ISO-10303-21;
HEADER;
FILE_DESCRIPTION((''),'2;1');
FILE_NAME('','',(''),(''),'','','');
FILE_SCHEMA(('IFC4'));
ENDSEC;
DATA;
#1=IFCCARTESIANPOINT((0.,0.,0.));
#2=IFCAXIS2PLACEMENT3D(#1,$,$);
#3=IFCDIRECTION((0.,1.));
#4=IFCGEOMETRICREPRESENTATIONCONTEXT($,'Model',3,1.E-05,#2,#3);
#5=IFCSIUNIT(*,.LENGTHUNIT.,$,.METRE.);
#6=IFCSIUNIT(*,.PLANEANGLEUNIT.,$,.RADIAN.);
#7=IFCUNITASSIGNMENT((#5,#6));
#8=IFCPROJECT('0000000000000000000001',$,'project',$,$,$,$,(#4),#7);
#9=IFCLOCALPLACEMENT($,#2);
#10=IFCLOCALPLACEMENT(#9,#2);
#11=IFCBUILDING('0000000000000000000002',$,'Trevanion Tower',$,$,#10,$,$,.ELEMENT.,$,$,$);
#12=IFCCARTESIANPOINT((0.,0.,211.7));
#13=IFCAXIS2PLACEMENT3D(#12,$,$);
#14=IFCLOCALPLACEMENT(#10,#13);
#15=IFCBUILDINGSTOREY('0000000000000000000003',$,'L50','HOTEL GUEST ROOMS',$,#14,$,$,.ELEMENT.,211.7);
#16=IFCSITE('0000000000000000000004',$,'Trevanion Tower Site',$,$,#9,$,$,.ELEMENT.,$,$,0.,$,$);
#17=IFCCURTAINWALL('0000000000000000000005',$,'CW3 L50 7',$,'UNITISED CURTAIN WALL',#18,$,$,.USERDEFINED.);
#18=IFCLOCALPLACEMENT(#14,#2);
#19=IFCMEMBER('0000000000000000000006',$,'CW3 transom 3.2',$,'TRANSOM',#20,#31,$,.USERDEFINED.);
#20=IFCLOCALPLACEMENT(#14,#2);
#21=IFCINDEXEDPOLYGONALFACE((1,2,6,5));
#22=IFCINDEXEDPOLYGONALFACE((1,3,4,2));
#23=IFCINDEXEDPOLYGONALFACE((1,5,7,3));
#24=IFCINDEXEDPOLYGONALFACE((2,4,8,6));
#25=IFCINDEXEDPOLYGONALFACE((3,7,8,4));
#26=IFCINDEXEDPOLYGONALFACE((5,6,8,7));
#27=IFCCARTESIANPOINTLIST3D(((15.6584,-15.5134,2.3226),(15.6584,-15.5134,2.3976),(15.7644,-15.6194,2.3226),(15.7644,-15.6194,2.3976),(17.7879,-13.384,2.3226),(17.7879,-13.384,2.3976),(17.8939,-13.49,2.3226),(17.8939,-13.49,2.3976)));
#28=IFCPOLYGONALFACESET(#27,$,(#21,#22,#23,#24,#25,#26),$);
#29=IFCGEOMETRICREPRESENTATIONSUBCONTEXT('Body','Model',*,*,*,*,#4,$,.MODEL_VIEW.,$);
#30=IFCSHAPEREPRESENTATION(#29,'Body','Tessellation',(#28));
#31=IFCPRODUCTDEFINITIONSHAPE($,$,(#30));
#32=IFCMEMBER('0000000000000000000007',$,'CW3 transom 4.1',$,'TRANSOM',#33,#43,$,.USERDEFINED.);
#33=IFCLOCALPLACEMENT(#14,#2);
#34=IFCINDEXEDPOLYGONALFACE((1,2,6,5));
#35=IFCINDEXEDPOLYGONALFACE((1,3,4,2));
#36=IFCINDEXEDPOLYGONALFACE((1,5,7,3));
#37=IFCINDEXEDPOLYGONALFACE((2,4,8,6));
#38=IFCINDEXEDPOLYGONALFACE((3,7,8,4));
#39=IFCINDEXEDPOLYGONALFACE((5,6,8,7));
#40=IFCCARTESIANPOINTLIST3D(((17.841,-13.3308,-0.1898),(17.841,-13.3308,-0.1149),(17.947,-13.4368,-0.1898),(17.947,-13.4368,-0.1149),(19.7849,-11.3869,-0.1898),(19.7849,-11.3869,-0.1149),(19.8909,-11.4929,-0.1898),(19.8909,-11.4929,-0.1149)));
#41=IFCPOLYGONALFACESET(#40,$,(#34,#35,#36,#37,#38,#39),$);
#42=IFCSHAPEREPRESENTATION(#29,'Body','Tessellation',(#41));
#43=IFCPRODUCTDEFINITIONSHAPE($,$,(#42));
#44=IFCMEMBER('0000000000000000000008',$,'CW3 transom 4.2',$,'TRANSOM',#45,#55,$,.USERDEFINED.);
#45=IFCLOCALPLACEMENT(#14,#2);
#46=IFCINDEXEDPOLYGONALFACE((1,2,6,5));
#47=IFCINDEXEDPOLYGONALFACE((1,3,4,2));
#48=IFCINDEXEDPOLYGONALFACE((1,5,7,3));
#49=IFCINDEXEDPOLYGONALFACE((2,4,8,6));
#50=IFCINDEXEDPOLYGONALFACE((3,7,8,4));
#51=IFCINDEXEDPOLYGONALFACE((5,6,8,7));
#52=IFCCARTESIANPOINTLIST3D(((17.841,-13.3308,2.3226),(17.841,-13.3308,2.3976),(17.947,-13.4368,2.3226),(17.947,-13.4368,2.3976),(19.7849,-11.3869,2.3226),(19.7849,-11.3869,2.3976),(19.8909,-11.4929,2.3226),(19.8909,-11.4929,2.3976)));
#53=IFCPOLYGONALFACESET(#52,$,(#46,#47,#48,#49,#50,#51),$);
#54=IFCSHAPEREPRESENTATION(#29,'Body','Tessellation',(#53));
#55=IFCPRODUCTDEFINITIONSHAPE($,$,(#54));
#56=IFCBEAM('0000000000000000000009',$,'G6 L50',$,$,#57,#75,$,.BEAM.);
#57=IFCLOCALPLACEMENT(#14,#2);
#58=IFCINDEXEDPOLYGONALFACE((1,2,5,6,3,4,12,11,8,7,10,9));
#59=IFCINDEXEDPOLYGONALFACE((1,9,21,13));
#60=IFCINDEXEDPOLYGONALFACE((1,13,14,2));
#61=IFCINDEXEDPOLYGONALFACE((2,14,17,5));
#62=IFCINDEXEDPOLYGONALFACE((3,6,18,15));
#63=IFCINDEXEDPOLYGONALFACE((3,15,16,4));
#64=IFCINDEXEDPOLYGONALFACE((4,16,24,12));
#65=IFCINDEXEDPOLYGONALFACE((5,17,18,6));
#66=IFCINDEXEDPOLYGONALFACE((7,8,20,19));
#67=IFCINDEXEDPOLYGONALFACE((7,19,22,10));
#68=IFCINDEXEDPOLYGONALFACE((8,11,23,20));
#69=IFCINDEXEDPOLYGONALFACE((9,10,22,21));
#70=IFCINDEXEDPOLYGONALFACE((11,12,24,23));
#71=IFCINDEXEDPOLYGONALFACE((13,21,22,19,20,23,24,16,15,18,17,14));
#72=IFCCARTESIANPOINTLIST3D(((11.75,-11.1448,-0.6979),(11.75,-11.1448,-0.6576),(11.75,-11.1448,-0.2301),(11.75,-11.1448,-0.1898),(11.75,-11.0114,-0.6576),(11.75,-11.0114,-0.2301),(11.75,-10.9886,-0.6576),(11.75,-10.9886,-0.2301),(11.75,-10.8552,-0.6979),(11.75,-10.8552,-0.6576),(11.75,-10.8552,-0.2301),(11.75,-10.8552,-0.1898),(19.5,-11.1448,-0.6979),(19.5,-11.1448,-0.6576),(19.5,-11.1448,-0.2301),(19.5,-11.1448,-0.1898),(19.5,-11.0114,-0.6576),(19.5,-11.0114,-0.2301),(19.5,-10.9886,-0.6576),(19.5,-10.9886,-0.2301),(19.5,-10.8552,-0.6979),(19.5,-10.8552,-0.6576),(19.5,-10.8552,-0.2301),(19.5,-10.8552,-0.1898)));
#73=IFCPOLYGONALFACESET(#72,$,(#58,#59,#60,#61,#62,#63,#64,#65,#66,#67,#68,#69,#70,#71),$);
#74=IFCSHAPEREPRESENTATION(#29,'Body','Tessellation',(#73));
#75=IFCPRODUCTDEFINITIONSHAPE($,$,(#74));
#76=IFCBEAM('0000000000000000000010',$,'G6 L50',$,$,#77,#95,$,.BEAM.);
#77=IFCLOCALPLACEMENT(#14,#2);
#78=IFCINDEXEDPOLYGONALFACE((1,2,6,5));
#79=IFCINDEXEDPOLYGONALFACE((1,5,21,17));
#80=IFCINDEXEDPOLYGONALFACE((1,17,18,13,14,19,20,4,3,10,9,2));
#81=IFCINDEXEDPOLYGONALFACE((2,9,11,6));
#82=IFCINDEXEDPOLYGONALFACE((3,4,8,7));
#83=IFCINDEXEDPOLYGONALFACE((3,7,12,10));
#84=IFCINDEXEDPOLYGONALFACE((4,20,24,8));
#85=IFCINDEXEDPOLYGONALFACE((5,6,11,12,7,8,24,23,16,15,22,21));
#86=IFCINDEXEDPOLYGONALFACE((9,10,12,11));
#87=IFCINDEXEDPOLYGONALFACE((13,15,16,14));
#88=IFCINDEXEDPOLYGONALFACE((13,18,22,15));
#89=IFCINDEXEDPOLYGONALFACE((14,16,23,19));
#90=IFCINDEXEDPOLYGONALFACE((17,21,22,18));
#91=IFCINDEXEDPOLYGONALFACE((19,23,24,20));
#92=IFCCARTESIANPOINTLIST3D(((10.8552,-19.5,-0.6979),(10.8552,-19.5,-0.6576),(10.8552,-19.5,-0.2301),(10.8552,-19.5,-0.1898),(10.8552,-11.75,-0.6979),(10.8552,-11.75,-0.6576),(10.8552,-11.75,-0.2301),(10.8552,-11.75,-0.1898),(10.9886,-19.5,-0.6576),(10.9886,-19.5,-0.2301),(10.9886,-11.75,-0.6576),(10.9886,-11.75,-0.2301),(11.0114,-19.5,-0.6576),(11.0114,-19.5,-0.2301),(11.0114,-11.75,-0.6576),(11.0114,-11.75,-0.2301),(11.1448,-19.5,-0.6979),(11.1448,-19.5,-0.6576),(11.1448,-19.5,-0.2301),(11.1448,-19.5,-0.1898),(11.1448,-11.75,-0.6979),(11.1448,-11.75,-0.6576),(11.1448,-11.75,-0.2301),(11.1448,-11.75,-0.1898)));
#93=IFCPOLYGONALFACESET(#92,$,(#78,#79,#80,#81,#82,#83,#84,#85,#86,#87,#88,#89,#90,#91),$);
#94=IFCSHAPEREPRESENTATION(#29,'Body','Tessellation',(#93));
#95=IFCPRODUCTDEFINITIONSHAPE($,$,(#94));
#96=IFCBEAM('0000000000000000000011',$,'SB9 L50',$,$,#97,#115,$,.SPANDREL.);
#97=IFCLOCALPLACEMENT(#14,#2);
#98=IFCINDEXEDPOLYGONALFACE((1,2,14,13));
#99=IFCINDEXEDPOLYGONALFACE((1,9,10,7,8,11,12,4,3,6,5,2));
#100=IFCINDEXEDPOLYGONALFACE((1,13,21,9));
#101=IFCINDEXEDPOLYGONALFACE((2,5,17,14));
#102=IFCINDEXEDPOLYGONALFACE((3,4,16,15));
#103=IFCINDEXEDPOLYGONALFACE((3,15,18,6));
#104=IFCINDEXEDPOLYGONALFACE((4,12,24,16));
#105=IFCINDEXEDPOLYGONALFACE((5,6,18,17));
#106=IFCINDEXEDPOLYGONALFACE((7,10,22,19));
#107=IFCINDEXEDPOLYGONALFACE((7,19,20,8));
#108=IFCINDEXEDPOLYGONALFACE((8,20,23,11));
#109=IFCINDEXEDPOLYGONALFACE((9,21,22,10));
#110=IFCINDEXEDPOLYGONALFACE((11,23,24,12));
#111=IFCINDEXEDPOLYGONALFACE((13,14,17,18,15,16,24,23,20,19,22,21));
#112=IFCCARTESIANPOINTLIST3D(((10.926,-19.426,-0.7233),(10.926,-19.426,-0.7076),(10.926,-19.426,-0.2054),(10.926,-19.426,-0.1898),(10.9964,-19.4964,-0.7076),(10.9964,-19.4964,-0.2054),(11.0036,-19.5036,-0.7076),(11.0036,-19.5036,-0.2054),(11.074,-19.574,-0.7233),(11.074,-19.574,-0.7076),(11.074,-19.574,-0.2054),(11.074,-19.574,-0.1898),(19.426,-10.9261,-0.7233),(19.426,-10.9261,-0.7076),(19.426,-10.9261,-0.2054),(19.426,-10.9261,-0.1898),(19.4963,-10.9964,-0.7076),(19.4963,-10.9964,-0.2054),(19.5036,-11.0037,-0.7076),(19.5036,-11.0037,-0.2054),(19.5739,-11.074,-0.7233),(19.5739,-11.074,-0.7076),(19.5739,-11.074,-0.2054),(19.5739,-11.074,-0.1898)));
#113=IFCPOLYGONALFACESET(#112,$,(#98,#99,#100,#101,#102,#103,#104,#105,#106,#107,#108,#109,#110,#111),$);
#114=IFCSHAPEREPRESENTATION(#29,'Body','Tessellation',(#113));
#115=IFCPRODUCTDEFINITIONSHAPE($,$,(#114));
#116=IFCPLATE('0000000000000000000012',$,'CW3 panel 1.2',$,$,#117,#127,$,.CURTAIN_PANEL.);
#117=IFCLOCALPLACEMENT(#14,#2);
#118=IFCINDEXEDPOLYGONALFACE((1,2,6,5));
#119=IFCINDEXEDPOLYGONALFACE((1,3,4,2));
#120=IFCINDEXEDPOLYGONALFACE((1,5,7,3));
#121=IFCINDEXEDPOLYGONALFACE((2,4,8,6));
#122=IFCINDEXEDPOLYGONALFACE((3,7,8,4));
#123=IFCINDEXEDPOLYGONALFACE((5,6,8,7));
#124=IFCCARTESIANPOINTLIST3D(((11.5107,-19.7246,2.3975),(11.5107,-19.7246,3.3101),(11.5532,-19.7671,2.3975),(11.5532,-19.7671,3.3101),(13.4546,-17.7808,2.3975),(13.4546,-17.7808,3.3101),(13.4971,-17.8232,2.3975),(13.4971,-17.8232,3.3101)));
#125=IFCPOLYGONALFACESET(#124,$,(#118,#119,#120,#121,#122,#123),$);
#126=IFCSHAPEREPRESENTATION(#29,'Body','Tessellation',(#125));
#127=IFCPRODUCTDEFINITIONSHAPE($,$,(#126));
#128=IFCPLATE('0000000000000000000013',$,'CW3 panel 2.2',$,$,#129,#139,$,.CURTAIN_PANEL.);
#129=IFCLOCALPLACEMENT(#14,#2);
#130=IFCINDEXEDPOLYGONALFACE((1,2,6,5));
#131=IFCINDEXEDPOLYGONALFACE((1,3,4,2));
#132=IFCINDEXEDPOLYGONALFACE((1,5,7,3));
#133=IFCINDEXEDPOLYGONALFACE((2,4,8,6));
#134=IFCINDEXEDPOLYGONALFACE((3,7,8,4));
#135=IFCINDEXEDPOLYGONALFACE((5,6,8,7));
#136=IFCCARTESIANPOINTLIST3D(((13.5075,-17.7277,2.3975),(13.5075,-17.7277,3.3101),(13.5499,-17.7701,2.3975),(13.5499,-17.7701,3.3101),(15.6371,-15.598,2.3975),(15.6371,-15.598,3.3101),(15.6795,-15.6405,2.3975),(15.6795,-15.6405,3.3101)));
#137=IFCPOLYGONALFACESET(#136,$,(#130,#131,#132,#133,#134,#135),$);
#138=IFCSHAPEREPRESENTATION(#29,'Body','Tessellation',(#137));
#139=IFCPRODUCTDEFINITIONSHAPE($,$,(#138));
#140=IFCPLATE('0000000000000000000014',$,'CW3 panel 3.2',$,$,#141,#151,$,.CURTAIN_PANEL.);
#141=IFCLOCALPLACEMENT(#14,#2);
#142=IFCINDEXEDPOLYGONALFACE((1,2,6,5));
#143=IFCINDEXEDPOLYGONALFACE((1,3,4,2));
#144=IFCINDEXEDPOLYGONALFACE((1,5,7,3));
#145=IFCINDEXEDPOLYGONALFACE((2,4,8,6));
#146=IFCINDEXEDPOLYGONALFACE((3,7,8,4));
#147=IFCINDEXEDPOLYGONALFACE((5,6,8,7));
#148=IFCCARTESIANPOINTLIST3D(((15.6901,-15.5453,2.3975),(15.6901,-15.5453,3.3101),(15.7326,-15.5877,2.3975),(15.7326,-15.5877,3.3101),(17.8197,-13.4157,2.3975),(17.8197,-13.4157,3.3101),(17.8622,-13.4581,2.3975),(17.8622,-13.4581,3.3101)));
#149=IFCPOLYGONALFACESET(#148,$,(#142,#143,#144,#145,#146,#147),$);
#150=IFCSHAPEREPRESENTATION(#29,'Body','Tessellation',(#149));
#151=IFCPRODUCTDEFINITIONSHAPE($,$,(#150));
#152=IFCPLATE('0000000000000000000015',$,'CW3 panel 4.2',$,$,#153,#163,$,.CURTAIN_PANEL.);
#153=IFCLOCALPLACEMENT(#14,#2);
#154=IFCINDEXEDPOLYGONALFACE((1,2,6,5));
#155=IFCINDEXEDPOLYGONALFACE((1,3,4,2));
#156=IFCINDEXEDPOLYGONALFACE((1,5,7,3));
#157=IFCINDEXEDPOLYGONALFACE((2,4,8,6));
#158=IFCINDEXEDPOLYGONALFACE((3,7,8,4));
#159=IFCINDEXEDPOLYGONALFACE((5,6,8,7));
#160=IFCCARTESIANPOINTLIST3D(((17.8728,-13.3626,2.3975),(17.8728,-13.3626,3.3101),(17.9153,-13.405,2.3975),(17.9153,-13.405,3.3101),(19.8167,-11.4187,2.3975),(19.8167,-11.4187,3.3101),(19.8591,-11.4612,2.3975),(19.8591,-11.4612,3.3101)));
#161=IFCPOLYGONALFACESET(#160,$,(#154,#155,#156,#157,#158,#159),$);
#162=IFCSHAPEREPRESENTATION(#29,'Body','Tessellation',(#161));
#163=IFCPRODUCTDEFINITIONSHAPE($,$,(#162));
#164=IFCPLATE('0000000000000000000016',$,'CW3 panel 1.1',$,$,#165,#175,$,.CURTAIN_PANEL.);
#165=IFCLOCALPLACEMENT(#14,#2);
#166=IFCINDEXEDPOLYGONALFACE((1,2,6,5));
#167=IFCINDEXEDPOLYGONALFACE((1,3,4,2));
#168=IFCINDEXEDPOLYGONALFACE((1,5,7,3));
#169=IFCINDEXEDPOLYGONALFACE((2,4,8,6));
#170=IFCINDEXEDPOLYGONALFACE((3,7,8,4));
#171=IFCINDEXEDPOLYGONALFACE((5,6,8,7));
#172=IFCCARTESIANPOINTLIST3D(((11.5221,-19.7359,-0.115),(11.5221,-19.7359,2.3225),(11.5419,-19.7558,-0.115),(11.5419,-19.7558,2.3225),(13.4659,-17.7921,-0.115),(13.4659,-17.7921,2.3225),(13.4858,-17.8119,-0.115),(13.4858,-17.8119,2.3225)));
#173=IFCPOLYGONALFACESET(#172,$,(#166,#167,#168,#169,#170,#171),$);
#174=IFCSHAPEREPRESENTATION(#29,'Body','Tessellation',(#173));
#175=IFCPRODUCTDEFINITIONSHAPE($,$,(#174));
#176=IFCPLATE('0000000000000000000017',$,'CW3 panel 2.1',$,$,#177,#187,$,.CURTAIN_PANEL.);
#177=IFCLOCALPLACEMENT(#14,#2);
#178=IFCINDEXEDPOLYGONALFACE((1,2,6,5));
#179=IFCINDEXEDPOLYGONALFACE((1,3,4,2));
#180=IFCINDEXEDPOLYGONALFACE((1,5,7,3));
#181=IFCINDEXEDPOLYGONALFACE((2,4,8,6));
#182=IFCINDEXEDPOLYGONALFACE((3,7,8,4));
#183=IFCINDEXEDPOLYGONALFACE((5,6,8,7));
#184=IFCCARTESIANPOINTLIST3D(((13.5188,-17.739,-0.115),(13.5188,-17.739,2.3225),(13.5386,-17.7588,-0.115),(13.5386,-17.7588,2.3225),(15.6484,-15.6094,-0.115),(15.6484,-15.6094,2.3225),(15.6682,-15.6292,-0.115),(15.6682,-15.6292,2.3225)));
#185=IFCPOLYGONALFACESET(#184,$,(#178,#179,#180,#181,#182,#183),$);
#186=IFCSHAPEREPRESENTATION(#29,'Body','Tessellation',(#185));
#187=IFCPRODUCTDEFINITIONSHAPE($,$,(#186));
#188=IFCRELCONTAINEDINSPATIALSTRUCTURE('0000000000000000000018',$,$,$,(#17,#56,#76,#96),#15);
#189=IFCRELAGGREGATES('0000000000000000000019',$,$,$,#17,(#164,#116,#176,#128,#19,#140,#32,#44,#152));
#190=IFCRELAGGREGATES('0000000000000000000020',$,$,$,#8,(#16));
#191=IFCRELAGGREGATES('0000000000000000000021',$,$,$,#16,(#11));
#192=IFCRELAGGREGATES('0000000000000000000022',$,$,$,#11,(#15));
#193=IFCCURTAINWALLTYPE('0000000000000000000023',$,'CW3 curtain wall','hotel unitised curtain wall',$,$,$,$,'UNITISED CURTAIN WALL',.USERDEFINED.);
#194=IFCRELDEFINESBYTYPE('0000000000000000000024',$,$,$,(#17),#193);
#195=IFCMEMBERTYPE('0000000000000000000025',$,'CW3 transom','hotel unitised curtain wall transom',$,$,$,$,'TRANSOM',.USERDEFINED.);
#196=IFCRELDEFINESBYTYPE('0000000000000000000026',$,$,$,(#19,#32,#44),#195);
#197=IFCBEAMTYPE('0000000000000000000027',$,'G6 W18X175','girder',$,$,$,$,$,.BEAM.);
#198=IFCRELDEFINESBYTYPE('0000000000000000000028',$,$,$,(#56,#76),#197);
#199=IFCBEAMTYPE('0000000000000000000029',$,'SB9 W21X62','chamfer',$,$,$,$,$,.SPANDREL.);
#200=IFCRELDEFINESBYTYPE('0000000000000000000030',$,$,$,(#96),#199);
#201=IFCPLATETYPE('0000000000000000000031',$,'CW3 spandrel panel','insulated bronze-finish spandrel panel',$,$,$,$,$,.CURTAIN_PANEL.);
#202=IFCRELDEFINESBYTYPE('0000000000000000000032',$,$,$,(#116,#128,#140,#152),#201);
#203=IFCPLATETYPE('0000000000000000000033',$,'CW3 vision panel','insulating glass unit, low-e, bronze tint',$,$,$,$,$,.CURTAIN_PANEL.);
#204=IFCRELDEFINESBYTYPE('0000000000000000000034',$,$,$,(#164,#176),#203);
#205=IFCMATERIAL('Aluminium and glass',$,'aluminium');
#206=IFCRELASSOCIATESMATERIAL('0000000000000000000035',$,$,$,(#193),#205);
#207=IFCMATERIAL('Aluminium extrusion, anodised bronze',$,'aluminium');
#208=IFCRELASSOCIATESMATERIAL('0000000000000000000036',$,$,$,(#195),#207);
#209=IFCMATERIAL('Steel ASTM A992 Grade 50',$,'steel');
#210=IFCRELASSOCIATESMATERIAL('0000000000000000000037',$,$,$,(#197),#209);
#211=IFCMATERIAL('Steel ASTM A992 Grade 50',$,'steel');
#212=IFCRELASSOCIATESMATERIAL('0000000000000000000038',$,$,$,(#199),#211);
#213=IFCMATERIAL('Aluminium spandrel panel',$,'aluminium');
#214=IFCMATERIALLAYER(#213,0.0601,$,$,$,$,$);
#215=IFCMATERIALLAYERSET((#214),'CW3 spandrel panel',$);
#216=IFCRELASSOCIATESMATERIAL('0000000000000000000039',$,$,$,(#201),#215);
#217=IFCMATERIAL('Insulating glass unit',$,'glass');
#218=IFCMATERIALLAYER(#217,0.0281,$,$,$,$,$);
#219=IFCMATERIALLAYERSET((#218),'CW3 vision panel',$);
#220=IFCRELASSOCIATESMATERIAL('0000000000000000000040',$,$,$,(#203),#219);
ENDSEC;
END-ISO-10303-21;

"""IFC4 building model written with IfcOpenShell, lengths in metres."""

from ifc_helpers import new_model, si_unit, direction, frame, origin, origin_2d, place, context, subcontext, project, spatial, rectangle, i_section, extrude, material, layer, layer_set, material_profile, profile_set, type_object, element, aggregate, save


model = new_model("IFC4")

# Units and contexts
model_context = context("Model", 3, precision=1e-05, world=origin(), true_north=direction((0.0, 1.0)))
body_context = subcontext(model_context, "Body", "Model", "MODEL_VIEW")
ifc_project = project(units=[si_unit("LENGTHUNIT", "METRE"), si_unit("PLANEANGLEUNIT", "RADIAN")], contexts=[model_context])

# Site, building, storey
site_placement = place(None, origin())
site = spatial("IfcSite", under=ifc_project, at=site_placement, Name="Trevanion Tower Site", CompositionType="ELEMENT", RefElevation=0.0)
building_placement = place(site_placement, origin())
building = spatial("IfcBuilding", under=site, at=building_placement, Name="Trevanion Tower", CompositionType="ELEMENT")
storey_placement = place(building_placement, frame((0.0, 0.0, 211.7)))
storey = spatial("IfcBuildingStorey", under=building, at=storey_placement, Name="L50", Description="HOTEL GUEST ROOMS", CompositionType="ELEMENT", Elevation=211.7)

# Curtain wall
ifc_material_1 = material(Name="Aluminium and glass", Category="aluminium")
curtain_wall_type = type_object("IfcCurtainWallType", Name="CW3 curtain wall", Description="hotel unitised curtain wall", ElementType="UNITISED CURTAIN WALL", PredefinedType="USERDEFINED", material=ifc_material_1)
curtain_wall_1_placement = place(storey_placement, origin())
curtain_wall_1 = element("IfcCurtainWall", 1, at=curtain_wall_1_placement, inside=storey, type_object=curtain_wall_type, Name="CW3 L50 7", ObjectType="UNITISED CURTAIN WALL", PredefinedType="USERDEFINED")

# Members
ifc_material_2 = material(Name="Aluminium extrusion, anodised bronze", Category="aluminium")
ifc_material_profile_1 = material_profile(ifc_material_2, rectangle(XDim=0.1499, YDim=0.075, at=origin_2d()), Name="CW3 transom")
ifc_profile_set_1 = profile_set([ifc_material_profile_1], Name="Aluminium extrusion, anodised bronze")
member_type_1 = type_object("IfcMemberType", Name="CW3 transom", Description="hotel unitised curtain wall transom", ElementType="TRANSOM", PredefinedType="USERDEFINED", material=ifc_profile_set_1)
member_1_placement = place(storey_placement, frame((15.7114, -15.5664, 2.3601), z_axis=(0.707107, 0.707107, 0.0), x_axis=(-0.707107, 0.707107, 0.0)))
member_1 = element("IfcMember", 2, at=member_1_placement, type_object=member_type_1, Name="CW3 transom 3.2", ObjectType="TRANSOM", PredefinedType="USERDEFINED", context=body_context, shape_type="SweptSolid", body=[
    extrude(rectangle(XDim=0.1499, YDim=0.075, at=origin_2d()), origin(), (0.0, 0.0, 1.0), 3.0115),
])
member_2_placement = place(storey_placement, frame((17.894, -13.3838, -0.1523), z_axis=(0.707107, 0.707107, 0.0), x_axis=(-0.707107, 0.707107, 0.0)))
member_2 = element("IfcMember", 3, at=member_2_placement, type_object=member_type_1, Name="CW3 transom 4.1", ObjectType="TRANSOM", PredefinedType="USERDEFINED", context=body_context, shape_type="SweptSolid", body=[
    extrude(rectangle(XDim=0.1499, YDim=0.075, at=origin_2d()), origin(), (0.0, 0.0, 1.0), 2.749),
])
member_3_placement = place(storey_placement, frame((17.894, -13.3838, 2.3601), z_axis=(0.707107, 0.707107, 0.0), x_axis=(-0.707107, 0.707107, 0.0)))
member_3 = element("IfcMember", 4, at=member_3_placement, type_object=member_type_1, Name="CW3 transom 4.2", ObjectType="TRANSOM", PredefinedType="USERDEFINED", context=body_context, shape_type="SweptSolid", body=[
    extrude(rectangle(XDim=0.1499, YDim=0.075, at=origin_2d()), origin(), (0.0, 0.0, 1.0), 2.749),
])

# Beams
ifc_material_3 = material(Name="Steel ASTM A992 Grade 50", Category="steel")
ifc_material_profile_2 = material_profile(ifc_material_3, i_section(OverallWidth=0.2896, OverallDepth=0.5081, WebThickness=0.0227, FlangeThickness=0.0403, at=origin_2d()), Name="W18X175")
ifc_profile_set_2 = profile_set([ifc_material_profile_2], Name="Steel ASTM A992 Grade 50")
beam_type_1 = type_object("IfcBeamType", Name="G6 W18X175", Description="girder", PredefinedType="BEAM", material=ifc_profile_set_2)
for number, where, z_axis, x_axis, name in (
    (5, (11.75, -11.0, -0.4438), (1.0, 0.0, 0.0), (0.0, 1.0, 0.0), "G6 L50"),
    (6, (11.0, -11.75, -0.4438), (0.0, -1.0, 0.0), (1.0, 0.0, 0.0), "G6 L50"),
):
    element("IfcBeam", number, at=place(storey_placement, frame(where, z_axis=z_axis, x_axis=x_axis)), inside=storey, type_object=beam_type_1, Name=name, PredefinedType="BEAM", context=body_context, shape_type="SweptSolid", body=[
        extrude(i_section(OverallWidth=0.2896, OverallDepth=0.5081, WebThickness=0.0227, FlangeThickness=0.0403, at=origin_2d()), origin(), (0.0, 0.0, 1.0), 7.75),
    ])
ifc_material_4 = material(Name="Steel ASTM A992 Grade 50", Category="steel")
ifc_material_profile_3 = material_profile(ifc_material_4, i_section(OverallWidth=0.2092, OverallDepth=0.5334, WebThickness=0.0103, FlangeThickness=0.0156, at=origin_2d()), Name="W21X62")
ifc_profile_set_3 = profile_set([ifc_material_profile_3], Name="Steel ASTM A992 Grade 50")
beam_type_2 = type_object("IfcBeamType", Name="SB9 W21X62", Description="chamfer", PredefinedType="SPANDREL", material=ifc_profile_set_3)
beam_1_placement = place(storey_placement, frame((11.0, -19.5, -0.4565), z_axis=(0.707107, 0.707107, 0.0), x_axis=(-0.707107, 0.707107, 0.0)))
element("IfcBeam", 7, at=beam_1_placement, inside=storey, type_object=beam_type_2, Name="SB9 L50", PredefinedType="SPANDREL", context=body_context, shape_type="SweptSolid", body=[
    extrude(i_section(OverallWidth=0.2092, OverallDepth=0.5334, WebThickness=0.0103, FlangeThickness=0.0156, at=origin_2d()), origin(), (0.0, 0.0, 1.0), 12.0208),
])

# Plates
ifc_material_5 = material(Name="Aluminium spandrel panel", Category="aluminium")
ifc_layer_1 = layer(ifc_material_5, 0.0601)
ifc_layer_set_1 = layer_set([ifc_layer_1], Name="CW3 spandrel panel")
plate_type_1 = type_object("IfcPlateType", Name="CW3 spandrel panel", Description="insulated bronze-finish spandrel panel", PredefinedType="CURTAIN_PANEL", material=ifc_layer_set_1)
plate_1_placement = place(storey_placement, frame((12.5039, -18.7739, 2.3975), z_axis=(0.0, 0.0, 1.0), x_axis=(0.707107, 0.707107, 0.0)))
plate_1 = element("IfcPlate", 8, at=plate_1_placement, type_object=plate_type_1, Name="CW3 panel 1.2", PredefinedType="CURTAIN_PANEL", context=body_context, shape_type="SweptSolid", body=[
    extrude(rectangle(XDim=2.749, YDim=0.0601, at=origin_2d()), origin(), (0.0, 0.0, 1.0), 0.9126),
])
plate_2_placement = place(storey_placement, frame((14.5935, -16.6841, 2.3975), z_axis=(0.0, 0.0, 1.0), x_axis=(0.707107, 0.707107, 0.0)))
plate_2 = element("IfcPlate", 9, at=plate_2_placement, type_object=plate_type_1, Name="CW3 panel 2.2", PredefinedType="CURTAIN_PANEL", context=body_context, shape_type="SweptSolid", body=[
    extrude(rectangle(XDim=3.0117, YDim=0.0601, at=origin_2d()), origin(), (0.0, 0.0, 1.0), 0.9126),
])
plate_3_placement = place(storey_placement, frame((16.7761, -14.5017, 2.3975), z_axis=(0.0, 0.0, 1.0), x_axis=(0.707107, 0.707107, 0.0)))
plate_3 = element("IfcPlate", 10, at=plate_3_placement, type_object=plate_type_1, Name="CW3 panel 3.2", PredefinedType="CURTAIN_PANEL", context=body_context, shape_type="SweptSolid", body=[
    extrude(rectangle(XDim=3.0117, YDim=0.0601, at=origin_2d()), origin(), (0.0, 0.0, 1.0), 0.9126),
])
plate_4_placement = place(storey_placement, frame((18.866, -12.4119, 2.3975), z_axis=(0.0, 0.0, 1.0), x_axis=(0.707107, 0.707107, 0.0)))
plate_4 = element("IfcPlate", 11, at=plate_4_placement, type_object=plate_type_1, Name="CW3 panel 4.2", PredefinedType="CURTAIN_PANEL", context=body_context, shape_type="SweptSolid", body=[
    extrude(rectangle(XDim=2.749, YDim=0.0601, at=origin_2d()), origin(), (0.0, 0.0, 1.0), 0.9126),
])
ifc_material_6 = material(Name="Insulating glass unit", Category="glass")
ifc_layer_2 = layer(ifc_material_6, 0.0281)
ifc_layer_set_2 = layer_set([ifc_layer_2], Name="CW3 vision panel")
plate_type_2 = type_object("IfcPlateType", Name="CW3 vision panel", Description="insulating glass unit, low-e, bronze tint", PredefinedType="CURTAIN_PANEL", material=ifc_layer_set_2)
plate_5_placement = place(storey_placement, frame((12.5039, -18.7739, -0.115), z_axis=(0.0, 0.0, 1.0), x_axis=(0.707107, 0.707107, 0.0)))
plate_5 = element("IfcPlate", 12, at=plate_5_placement, type_object=plate_type_2, Name="CW3 panel 1.1", PredefinedType="CURTAIN_PANEL", context=body_context, shape_type="SweptSolid", body=[
    extrude(rectangle(XDim=2.749, YDim=0.0281, at=origin_2d()), origin(), (0.0, 0.0, 1.0), 2.4375),
])
plate_6_placement = place(storey_placement, frame((14.5935, -16.6841, -0.115), z_axis=(0.0, 0.0, 1.0), x_axis=(0.707107, 0.707107, 0.0)))
plate_6 = element("IfcPlate", 13, at=plate_6_placement, type_object=plate_type_2, Name="CW3 panel 2.1", PredefinedType="CURTAIN_PANEL", context=body_context, shape_type="SweptSolid", body=[
    extrude(rectangle(XDim=3.0117, YDim=0.0281, at=origin_2d()), origin(), (0.0, 0.0, 1.0), 2.4375),
])
aggregate(curtain_wall_1, [plate_5, plate_1, plate_6, plate_2, member_1, plate_3, member_2, member_3, plate_4])

save(model, "model.ifc")
